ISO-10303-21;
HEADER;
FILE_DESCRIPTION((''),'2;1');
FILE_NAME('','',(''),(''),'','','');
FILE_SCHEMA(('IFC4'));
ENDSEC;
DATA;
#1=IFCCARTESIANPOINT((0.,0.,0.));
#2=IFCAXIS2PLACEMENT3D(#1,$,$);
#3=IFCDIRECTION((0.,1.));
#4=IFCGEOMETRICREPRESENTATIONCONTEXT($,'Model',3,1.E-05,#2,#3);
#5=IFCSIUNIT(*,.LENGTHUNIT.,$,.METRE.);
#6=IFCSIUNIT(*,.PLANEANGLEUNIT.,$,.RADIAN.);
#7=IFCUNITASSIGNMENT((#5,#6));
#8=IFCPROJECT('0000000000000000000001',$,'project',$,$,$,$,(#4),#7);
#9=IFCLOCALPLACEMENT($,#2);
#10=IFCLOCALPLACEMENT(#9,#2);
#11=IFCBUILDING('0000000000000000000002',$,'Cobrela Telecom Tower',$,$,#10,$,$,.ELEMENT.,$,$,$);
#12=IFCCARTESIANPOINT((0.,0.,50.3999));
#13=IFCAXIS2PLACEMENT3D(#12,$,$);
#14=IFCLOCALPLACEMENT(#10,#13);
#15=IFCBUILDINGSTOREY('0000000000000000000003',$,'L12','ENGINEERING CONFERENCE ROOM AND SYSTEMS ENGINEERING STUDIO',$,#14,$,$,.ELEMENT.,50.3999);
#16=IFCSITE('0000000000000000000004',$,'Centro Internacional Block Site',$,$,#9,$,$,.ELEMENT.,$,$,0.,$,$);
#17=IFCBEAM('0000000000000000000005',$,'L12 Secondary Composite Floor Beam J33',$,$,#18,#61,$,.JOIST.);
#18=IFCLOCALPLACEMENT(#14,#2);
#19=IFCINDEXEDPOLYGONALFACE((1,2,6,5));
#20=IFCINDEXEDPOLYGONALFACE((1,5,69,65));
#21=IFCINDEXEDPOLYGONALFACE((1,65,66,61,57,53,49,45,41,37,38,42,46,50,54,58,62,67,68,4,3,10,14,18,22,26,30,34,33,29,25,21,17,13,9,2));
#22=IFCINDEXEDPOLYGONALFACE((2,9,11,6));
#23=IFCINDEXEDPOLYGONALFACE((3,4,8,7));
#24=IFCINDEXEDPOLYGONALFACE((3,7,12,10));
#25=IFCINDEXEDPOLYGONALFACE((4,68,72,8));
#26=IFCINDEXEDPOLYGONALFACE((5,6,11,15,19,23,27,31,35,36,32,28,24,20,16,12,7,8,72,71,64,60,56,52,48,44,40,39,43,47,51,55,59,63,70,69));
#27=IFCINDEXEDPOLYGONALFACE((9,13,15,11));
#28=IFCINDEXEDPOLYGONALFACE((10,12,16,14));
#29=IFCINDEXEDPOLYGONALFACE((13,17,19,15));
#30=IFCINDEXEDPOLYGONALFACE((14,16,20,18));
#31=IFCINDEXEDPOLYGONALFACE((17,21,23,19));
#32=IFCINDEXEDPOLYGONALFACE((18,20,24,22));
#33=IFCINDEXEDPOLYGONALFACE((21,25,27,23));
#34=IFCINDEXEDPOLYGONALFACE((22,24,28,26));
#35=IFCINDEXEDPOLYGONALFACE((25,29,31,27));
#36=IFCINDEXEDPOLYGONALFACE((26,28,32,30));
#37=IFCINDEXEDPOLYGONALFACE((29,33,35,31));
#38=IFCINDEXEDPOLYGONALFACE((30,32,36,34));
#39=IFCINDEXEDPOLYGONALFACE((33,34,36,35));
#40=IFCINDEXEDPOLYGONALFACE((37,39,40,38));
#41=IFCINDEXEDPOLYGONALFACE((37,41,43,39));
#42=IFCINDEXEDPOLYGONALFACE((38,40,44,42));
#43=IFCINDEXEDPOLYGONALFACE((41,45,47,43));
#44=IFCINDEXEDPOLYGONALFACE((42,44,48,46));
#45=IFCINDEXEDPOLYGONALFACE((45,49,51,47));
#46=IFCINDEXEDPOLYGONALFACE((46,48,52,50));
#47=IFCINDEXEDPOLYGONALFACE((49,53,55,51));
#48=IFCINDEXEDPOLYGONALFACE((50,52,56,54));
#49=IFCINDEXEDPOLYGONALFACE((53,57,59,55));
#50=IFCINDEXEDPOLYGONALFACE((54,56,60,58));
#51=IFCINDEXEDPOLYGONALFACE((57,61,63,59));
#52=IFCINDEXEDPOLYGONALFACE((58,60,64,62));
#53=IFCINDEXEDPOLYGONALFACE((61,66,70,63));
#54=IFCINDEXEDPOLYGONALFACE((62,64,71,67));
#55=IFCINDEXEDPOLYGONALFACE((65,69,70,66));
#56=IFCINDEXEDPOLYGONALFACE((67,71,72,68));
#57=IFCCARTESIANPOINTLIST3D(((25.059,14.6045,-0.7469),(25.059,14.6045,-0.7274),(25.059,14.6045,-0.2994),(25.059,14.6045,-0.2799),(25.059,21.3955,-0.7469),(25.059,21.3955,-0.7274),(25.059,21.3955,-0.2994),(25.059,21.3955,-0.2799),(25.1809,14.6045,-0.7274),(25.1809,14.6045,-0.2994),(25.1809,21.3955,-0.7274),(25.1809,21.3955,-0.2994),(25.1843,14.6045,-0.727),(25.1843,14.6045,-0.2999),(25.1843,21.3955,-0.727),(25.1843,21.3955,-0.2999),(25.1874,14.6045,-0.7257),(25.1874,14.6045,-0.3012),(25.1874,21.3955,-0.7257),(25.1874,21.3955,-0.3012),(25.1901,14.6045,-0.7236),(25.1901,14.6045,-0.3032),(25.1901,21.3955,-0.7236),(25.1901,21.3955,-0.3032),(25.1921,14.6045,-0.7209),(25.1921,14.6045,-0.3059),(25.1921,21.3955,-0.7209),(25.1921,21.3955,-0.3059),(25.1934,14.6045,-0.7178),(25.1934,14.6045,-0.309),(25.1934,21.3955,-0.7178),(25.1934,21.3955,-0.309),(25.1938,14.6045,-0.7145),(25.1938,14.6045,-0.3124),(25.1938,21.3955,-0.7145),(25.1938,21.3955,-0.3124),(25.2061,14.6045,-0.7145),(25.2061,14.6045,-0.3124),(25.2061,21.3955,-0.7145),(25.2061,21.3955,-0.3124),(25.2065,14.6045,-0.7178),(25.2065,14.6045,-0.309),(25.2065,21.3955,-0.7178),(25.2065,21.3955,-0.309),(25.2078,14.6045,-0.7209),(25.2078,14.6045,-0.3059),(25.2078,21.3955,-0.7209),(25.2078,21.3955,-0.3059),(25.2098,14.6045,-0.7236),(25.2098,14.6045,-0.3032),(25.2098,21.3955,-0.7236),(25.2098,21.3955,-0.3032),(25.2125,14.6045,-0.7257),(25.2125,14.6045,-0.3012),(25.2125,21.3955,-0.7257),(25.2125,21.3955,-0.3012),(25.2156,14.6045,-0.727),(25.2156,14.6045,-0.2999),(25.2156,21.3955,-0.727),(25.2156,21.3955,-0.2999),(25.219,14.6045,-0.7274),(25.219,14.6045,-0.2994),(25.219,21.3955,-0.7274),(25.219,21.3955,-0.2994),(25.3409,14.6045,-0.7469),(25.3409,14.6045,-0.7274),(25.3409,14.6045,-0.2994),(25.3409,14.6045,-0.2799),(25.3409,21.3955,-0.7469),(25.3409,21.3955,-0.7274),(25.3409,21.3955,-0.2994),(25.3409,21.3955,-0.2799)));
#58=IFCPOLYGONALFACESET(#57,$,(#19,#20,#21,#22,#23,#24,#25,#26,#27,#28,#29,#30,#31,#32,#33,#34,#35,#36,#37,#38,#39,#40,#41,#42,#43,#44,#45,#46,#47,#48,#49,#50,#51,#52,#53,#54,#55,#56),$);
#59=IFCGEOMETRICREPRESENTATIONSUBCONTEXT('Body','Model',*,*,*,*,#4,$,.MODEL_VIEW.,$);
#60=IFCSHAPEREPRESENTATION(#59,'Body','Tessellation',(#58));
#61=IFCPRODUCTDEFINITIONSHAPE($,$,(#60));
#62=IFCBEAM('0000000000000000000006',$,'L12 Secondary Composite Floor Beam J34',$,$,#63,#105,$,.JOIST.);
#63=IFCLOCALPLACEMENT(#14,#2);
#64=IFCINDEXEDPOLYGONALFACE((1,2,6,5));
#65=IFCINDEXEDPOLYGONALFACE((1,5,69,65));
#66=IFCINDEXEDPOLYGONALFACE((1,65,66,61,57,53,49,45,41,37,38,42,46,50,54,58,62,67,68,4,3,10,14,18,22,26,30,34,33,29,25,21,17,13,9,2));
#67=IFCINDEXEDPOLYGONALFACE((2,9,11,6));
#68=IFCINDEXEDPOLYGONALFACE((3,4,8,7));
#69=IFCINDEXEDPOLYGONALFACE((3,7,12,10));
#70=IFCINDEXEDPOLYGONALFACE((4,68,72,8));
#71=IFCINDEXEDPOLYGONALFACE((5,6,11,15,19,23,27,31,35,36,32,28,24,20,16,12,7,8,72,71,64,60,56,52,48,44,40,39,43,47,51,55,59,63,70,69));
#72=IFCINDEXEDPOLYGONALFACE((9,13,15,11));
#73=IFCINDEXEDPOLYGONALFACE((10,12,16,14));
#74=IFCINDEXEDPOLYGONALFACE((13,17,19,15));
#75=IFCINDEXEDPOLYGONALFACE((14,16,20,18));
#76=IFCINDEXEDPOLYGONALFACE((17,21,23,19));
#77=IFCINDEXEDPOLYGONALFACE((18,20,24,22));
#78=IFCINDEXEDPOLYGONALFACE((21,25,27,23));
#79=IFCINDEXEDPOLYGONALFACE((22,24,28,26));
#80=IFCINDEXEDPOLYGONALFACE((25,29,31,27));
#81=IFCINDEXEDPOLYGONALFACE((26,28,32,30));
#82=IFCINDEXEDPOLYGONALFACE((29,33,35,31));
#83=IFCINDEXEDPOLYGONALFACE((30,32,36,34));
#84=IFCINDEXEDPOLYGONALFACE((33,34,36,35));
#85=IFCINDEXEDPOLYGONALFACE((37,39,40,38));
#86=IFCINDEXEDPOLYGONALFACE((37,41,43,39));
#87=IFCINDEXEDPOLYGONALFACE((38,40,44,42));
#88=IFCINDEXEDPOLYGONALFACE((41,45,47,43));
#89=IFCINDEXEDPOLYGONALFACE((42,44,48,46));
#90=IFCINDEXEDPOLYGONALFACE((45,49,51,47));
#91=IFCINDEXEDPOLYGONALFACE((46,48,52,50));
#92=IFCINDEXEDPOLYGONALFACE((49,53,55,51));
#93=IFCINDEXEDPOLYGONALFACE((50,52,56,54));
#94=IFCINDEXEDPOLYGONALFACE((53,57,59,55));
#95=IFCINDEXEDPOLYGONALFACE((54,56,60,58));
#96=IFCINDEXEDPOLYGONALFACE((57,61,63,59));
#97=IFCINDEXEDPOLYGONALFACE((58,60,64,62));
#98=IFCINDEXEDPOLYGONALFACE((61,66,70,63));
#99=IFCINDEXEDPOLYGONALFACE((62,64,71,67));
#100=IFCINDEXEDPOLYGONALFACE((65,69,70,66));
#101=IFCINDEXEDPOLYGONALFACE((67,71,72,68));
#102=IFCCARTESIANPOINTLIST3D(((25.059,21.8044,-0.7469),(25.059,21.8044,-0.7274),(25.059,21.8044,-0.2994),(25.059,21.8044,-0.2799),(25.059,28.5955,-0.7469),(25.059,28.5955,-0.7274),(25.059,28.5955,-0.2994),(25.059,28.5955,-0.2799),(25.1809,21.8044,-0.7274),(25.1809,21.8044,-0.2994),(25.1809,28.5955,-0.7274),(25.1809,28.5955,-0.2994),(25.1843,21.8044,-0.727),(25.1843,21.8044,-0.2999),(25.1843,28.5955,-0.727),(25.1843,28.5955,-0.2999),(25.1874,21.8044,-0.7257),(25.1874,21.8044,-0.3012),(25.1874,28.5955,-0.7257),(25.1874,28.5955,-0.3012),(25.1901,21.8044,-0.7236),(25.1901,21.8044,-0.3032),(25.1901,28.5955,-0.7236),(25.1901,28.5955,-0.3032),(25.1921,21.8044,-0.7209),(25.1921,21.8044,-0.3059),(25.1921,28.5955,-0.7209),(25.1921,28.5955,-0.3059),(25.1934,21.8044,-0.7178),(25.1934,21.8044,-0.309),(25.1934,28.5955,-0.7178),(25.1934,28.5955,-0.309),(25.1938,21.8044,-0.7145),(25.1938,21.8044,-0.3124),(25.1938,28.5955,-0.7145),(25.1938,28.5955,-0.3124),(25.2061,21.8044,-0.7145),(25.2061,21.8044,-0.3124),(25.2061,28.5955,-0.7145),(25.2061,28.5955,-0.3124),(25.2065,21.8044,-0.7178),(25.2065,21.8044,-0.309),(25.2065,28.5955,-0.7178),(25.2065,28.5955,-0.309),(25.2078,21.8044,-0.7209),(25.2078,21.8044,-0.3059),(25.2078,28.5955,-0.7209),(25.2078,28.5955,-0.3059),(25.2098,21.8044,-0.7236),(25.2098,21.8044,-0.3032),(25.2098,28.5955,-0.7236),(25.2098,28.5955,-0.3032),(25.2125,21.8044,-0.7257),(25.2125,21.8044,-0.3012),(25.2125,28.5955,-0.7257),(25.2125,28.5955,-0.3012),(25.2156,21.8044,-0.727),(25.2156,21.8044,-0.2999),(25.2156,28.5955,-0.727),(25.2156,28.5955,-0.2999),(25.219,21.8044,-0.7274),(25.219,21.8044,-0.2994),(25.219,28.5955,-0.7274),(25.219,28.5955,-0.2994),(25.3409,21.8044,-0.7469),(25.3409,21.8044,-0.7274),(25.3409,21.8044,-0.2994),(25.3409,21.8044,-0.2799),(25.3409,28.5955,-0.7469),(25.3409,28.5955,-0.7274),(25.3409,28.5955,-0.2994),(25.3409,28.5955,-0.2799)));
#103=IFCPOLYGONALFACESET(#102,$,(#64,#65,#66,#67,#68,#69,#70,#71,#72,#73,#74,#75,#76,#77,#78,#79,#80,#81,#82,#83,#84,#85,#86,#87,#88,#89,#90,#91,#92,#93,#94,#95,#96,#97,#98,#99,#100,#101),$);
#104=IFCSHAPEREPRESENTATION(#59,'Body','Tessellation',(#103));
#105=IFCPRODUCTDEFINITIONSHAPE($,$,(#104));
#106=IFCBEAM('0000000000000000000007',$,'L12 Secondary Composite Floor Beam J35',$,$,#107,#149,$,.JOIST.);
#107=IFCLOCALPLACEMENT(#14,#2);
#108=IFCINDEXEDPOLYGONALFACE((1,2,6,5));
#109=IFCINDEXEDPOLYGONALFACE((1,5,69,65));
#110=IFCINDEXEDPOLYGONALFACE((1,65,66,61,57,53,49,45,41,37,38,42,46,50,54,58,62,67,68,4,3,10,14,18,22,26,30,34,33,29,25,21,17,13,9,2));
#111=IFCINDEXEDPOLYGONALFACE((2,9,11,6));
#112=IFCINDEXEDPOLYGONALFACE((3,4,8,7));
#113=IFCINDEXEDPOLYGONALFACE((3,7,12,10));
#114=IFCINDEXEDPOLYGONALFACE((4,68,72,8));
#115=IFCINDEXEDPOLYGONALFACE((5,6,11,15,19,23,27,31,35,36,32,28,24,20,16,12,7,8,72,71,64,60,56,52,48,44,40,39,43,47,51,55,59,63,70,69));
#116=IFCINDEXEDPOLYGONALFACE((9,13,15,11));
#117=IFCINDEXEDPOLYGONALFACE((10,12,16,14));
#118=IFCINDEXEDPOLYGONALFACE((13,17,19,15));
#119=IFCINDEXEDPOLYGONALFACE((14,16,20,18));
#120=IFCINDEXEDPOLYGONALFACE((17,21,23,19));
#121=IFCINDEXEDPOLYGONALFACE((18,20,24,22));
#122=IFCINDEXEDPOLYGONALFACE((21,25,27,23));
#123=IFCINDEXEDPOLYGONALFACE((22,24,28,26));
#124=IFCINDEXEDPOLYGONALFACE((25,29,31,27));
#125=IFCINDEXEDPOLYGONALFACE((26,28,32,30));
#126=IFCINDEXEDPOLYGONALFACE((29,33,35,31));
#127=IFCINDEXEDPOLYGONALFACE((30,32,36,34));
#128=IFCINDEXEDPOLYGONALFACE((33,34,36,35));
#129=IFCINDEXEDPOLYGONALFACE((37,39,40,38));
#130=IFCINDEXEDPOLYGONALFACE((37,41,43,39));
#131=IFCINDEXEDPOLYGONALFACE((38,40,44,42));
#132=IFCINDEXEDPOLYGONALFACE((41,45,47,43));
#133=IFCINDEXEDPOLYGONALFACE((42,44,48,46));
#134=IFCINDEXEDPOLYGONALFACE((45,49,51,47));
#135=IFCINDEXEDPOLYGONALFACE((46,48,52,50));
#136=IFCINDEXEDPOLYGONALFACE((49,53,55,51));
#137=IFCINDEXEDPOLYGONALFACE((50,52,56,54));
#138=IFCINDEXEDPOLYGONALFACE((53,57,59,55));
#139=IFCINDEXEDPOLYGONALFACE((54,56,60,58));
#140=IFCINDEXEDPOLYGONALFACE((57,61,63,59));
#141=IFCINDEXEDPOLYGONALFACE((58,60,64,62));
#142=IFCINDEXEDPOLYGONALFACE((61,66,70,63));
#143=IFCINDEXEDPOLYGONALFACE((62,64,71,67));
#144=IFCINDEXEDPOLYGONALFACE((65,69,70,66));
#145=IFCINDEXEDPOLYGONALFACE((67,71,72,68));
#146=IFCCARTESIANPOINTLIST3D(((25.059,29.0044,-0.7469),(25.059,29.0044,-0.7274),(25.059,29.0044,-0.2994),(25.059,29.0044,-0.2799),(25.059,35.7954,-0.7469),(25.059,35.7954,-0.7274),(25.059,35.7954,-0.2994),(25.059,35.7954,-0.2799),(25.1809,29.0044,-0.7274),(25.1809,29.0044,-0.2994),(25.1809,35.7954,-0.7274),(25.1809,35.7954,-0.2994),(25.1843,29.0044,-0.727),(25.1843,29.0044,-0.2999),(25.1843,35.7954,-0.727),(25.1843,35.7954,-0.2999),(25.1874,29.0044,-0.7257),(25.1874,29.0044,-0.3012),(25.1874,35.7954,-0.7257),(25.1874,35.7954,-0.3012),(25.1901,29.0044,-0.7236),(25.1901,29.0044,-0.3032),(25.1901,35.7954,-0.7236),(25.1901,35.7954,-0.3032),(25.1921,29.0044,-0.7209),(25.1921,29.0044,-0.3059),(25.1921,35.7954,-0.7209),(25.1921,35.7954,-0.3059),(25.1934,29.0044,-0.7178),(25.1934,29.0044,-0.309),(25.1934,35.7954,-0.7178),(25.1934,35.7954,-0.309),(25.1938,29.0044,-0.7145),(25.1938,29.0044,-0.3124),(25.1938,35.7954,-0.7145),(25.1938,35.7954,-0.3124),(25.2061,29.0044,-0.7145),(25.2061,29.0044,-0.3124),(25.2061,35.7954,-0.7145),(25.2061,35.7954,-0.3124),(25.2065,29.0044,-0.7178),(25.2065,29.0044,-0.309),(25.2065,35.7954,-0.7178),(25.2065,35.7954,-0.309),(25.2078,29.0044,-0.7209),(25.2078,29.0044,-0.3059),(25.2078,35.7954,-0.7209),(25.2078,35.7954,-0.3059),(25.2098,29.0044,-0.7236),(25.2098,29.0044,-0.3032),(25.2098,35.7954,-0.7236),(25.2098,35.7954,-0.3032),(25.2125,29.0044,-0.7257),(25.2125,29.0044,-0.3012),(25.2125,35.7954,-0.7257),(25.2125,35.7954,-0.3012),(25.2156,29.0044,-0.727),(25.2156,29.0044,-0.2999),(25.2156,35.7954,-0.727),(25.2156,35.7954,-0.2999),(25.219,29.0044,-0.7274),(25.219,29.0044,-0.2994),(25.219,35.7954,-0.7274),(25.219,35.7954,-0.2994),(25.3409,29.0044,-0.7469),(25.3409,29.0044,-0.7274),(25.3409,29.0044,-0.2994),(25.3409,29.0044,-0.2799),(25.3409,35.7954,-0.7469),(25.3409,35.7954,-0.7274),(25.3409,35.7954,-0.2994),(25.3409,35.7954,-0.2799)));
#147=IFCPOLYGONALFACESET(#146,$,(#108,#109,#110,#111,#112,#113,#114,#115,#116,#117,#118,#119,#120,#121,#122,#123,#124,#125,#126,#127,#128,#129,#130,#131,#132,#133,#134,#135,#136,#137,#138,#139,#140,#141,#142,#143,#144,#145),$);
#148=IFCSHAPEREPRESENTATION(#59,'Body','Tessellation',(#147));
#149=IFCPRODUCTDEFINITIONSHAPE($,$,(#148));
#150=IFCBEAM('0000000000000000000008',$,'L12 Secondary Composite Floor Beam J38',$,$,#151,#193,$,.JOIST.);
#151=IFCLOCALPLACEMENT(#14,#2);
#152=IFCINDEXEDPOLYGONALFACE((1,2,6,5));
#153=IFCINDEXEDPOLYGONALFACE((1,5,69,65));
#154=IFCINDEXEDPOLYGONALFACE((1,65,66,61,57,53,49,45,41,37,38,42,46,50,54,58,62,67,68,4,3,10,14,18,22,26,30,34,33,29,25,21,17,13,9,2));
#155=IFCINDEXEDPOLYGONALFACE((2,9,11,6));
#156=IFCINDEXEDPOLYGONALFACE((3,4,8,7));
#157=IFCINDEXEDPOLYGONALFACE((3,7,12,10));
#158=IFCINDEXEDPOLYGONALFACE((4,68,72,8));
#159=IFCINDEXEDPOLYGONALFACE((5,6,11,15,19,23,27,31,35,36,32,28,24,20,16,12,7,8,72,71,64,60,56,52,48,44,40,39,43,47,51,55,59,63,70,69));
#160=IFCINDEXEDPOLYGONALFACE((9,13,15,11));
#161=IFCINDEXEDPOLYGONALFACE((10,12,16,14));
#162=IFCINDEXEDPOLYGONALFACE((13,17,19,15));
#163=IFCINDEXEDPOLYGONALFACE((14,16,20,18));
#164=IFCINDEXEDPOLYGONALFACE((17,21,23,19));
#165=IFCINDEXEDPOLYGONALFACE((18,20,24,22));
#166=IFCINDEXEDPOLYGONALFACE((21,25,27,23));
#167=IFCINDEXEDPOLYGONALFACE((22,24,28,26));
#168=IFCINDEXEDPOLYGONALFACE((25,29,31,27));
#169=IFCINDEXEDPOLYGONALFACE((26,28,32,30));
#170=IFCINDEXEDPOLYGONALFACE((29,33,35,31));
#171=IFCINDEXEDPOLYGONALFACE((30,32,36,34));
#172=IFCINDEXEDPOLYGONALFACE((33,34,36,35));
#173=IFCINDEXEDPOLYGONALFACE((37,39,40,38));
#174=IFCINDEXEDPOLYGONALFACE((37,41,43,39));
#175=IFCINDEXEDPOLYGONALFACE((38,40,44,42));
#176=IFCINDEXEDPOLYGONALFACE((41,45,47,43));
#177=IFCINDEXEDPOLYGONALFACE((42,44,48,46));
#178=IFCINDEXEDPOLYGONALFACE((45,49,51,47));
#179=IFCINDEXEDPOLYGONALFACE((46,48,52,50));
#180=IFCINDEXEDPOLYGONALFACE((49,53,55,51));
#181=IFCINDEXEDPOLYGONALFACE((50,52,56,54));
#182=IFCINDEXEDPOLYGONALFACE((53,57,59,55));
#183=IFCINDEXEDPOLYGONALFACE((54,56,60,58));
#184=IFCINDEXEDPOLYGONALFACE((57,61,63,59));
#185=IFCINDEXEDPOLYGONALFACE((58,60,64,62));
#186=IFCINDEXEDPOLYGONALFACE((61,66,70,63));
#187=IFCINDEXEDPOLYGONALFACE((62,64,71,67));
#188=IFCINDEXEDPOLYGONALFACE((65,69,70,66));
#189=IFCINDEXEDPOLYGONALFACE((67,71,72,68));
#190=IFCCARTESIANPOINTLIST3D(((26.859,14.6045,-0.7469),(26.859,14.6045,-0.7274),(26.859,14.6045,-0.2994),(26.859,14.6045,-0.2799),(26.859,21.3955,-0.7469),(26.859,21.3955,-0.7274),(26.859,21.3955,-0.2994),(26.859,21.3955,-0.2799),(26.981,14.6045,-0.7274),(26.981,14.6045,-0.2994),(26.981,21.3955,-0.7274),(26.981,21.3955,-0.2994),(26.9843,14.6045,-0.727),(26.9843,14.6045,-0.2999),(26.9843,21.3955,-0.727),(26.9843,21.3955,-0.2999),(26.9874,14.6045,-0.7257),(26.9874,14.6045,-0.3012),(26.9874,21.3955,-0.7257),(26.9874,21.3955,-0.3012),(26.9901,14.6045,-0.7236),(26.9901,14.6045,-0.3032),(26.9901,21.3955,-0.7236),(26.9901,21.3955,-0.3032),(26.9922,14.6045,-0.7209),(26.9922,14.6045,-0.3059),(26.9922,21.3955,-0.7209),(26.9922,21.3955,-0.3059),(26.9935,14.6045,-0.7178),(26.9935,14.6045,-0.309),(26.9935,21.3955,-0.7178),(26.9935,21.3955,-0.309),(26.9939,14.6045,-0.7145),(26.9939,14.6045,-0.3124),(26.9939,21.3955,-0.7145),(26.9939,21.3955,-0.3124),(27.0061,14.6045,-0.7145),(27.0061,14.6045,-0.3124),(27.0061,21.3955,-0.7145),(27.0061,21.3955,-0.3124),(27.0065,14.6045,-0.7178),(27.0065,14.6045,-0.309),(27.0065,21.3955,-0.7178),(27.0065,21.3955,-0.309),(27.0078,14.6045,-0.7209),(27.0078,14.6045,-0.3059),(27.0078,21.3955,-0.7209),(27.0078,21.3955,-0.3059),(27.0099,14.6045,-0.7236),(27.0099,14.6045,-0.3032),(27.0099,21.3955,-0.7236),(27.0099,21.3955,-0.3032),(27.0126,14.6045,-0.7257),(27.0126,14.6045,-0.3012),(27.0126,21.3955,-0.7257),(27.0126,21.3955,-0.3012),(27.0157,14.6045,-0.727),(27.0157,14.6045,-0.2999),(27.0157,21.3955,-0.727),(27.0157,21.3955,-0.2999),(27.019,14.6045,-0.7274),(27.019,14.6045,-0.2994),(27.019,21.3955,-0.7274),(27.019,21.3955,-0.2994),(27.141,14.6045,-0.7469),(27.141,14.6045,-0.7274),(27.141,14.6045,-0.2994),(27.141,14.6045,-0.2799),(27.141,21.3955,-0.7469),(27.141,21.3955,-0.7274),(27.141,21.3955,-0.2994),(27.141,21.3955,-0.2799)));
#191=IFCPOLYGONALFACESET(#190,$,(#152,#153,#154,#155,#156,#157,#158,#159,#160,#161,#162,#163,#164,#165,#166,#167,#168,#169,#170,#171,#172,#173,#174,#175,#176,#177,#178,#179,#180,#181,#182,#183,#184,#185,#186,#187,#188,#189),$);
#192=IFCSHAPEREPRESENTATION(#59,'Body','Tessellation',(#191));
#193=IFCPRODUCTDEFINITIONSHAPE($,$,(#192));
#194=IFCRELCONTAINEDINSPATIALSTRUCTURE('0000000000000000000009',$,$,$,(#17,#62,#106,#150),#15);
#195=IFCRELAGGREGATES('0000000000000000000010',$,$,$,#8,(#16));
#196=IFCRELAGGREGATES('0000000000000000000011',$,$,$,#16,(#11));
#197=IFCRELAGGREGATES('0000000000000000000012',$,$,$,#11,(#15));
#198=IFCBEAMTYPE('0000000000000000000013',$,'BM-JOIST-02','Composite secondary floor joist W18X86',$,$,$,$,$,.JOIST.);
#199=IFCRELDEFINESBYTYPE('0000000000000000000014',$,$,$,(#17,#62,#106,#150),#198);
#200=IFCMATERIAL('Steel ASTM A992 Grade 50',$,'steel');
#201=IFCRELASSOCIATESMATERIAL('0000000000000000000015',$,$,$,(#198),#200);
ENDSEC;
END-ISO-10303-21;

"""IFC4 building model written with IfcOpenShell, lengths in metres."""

from ifc_helpers import new_model, si_unit, direction, frame, origin, origin_2d, place, context, subcontext, project, spatial, i_section, extrude, material, material_profile, profile_set, type_object, element, save


model = new_model("IFC4")

# Units and contexts
model_context = context("Model", 3, precision=1e-05, world=origin(), true_north=direction((0.0, 1.0)))
body_context = subcontext(model_context, "Body", "Model", "MODEL_VIEW")
ifc_project = project(units=[si_unit("LENGTHUNIT", "METRE"), si_unit("PLANEANGLEUNIT", "RADIAN")], contexts=[model_context])

# Site, building, storey
site_placement = place(None, origin())
site = spatial("IfcSite", under=ifc_project, at=site_placement, Name="Centro Internacional Block Site", CompositionType="ELEMENT", RefElevation=0.0)
building_placement = place(site_placement, origin())
building = spatial("IfcBuilding", under=site, at=building_placement, Name="Cobrela Telecom Tower", CompositionType="ELEMENT")
storey_placement = place(building_placement, frame((0.0, 0.0, 50.3999)))
storey = spatial("IfcBuildingStorey", under=building, at=storey_placement, Name="L12", Description="ENGINEERING CONFERENCE ROOM AND SYSTEMS ENGINEERING STUDIO", CompositionType="ELEMENT", Elevation=50.3999)

# Shared definitions
ifc_material_1 = material(Name="Steel ASTM A992 Grade 50", Category="steel")

# Beams
ifc_material_profile_1 = material_profile(ifc_material_1, i_section(OverallWidth=0.282, OverallDepth=0.467, WebThickness=0.0122, FlangeThickness=0.0195, FilletRadius=0.0129, at=origin_2d()), Name="W18X86")
ifc_profile_set_1 = profile_set([ifc_material_profile_1], Name="Steel ASTM A992 Grade 50")
beam_type_1 = type_object("IfcBeamType", Name="BM-JOIST-02", Description="Composite secondary floor joist W18X86", PredefinedType="JOIST", material=ifc_profile_set_1)
for number, where, z_axis, x_axis, name in (
    (1, (25.2, 14.6045, -0.5134), (0.0, 1.0, 0.0), (-1.0, 0.0, 0.0), "L12 Secondary Composite Floor Beam J33"),
    (2, (25.2, 21.8044, -0.5134), (0.0, 1.0, 0.0), (-1.0, 0.0, 0.0), "L12 Secondary Composite Floor Beam J34"),
    (3, (25.2, 29.0044, -0.5134), (0.0, 1.0, 0.0), (-1.0, 0.0, 0.0), "L12 Secondary Composite Floor Beam J35"),
    (4, (27.0, 14.6045, -0.5134), (0.0, 1.0, 0.0), (-1.0, 0.0, 0.0), "L12 Secondary Composite Floor Beam J38"),
):
    element("IfcBeam", number, at=place(storey_placement, frame(where, z_axis=z_axis, x_axis=x_axis)), inside=storey, type_object=beam_type_1, Name=name, PredefinedType="JOIST", context=body_context, shape_type="SweptSolid", body=[
        extrude(i_section(OverallWidth=0.282, OverallDepth=0.467, WebThickness=0.0122, FlangeThickness=0.0195, FilletRadius=0.0129, at=origin_2d()), origin(), (0.0, 0.0, 1.0), 6.791),
    ])

save(model, "model.ifc")
